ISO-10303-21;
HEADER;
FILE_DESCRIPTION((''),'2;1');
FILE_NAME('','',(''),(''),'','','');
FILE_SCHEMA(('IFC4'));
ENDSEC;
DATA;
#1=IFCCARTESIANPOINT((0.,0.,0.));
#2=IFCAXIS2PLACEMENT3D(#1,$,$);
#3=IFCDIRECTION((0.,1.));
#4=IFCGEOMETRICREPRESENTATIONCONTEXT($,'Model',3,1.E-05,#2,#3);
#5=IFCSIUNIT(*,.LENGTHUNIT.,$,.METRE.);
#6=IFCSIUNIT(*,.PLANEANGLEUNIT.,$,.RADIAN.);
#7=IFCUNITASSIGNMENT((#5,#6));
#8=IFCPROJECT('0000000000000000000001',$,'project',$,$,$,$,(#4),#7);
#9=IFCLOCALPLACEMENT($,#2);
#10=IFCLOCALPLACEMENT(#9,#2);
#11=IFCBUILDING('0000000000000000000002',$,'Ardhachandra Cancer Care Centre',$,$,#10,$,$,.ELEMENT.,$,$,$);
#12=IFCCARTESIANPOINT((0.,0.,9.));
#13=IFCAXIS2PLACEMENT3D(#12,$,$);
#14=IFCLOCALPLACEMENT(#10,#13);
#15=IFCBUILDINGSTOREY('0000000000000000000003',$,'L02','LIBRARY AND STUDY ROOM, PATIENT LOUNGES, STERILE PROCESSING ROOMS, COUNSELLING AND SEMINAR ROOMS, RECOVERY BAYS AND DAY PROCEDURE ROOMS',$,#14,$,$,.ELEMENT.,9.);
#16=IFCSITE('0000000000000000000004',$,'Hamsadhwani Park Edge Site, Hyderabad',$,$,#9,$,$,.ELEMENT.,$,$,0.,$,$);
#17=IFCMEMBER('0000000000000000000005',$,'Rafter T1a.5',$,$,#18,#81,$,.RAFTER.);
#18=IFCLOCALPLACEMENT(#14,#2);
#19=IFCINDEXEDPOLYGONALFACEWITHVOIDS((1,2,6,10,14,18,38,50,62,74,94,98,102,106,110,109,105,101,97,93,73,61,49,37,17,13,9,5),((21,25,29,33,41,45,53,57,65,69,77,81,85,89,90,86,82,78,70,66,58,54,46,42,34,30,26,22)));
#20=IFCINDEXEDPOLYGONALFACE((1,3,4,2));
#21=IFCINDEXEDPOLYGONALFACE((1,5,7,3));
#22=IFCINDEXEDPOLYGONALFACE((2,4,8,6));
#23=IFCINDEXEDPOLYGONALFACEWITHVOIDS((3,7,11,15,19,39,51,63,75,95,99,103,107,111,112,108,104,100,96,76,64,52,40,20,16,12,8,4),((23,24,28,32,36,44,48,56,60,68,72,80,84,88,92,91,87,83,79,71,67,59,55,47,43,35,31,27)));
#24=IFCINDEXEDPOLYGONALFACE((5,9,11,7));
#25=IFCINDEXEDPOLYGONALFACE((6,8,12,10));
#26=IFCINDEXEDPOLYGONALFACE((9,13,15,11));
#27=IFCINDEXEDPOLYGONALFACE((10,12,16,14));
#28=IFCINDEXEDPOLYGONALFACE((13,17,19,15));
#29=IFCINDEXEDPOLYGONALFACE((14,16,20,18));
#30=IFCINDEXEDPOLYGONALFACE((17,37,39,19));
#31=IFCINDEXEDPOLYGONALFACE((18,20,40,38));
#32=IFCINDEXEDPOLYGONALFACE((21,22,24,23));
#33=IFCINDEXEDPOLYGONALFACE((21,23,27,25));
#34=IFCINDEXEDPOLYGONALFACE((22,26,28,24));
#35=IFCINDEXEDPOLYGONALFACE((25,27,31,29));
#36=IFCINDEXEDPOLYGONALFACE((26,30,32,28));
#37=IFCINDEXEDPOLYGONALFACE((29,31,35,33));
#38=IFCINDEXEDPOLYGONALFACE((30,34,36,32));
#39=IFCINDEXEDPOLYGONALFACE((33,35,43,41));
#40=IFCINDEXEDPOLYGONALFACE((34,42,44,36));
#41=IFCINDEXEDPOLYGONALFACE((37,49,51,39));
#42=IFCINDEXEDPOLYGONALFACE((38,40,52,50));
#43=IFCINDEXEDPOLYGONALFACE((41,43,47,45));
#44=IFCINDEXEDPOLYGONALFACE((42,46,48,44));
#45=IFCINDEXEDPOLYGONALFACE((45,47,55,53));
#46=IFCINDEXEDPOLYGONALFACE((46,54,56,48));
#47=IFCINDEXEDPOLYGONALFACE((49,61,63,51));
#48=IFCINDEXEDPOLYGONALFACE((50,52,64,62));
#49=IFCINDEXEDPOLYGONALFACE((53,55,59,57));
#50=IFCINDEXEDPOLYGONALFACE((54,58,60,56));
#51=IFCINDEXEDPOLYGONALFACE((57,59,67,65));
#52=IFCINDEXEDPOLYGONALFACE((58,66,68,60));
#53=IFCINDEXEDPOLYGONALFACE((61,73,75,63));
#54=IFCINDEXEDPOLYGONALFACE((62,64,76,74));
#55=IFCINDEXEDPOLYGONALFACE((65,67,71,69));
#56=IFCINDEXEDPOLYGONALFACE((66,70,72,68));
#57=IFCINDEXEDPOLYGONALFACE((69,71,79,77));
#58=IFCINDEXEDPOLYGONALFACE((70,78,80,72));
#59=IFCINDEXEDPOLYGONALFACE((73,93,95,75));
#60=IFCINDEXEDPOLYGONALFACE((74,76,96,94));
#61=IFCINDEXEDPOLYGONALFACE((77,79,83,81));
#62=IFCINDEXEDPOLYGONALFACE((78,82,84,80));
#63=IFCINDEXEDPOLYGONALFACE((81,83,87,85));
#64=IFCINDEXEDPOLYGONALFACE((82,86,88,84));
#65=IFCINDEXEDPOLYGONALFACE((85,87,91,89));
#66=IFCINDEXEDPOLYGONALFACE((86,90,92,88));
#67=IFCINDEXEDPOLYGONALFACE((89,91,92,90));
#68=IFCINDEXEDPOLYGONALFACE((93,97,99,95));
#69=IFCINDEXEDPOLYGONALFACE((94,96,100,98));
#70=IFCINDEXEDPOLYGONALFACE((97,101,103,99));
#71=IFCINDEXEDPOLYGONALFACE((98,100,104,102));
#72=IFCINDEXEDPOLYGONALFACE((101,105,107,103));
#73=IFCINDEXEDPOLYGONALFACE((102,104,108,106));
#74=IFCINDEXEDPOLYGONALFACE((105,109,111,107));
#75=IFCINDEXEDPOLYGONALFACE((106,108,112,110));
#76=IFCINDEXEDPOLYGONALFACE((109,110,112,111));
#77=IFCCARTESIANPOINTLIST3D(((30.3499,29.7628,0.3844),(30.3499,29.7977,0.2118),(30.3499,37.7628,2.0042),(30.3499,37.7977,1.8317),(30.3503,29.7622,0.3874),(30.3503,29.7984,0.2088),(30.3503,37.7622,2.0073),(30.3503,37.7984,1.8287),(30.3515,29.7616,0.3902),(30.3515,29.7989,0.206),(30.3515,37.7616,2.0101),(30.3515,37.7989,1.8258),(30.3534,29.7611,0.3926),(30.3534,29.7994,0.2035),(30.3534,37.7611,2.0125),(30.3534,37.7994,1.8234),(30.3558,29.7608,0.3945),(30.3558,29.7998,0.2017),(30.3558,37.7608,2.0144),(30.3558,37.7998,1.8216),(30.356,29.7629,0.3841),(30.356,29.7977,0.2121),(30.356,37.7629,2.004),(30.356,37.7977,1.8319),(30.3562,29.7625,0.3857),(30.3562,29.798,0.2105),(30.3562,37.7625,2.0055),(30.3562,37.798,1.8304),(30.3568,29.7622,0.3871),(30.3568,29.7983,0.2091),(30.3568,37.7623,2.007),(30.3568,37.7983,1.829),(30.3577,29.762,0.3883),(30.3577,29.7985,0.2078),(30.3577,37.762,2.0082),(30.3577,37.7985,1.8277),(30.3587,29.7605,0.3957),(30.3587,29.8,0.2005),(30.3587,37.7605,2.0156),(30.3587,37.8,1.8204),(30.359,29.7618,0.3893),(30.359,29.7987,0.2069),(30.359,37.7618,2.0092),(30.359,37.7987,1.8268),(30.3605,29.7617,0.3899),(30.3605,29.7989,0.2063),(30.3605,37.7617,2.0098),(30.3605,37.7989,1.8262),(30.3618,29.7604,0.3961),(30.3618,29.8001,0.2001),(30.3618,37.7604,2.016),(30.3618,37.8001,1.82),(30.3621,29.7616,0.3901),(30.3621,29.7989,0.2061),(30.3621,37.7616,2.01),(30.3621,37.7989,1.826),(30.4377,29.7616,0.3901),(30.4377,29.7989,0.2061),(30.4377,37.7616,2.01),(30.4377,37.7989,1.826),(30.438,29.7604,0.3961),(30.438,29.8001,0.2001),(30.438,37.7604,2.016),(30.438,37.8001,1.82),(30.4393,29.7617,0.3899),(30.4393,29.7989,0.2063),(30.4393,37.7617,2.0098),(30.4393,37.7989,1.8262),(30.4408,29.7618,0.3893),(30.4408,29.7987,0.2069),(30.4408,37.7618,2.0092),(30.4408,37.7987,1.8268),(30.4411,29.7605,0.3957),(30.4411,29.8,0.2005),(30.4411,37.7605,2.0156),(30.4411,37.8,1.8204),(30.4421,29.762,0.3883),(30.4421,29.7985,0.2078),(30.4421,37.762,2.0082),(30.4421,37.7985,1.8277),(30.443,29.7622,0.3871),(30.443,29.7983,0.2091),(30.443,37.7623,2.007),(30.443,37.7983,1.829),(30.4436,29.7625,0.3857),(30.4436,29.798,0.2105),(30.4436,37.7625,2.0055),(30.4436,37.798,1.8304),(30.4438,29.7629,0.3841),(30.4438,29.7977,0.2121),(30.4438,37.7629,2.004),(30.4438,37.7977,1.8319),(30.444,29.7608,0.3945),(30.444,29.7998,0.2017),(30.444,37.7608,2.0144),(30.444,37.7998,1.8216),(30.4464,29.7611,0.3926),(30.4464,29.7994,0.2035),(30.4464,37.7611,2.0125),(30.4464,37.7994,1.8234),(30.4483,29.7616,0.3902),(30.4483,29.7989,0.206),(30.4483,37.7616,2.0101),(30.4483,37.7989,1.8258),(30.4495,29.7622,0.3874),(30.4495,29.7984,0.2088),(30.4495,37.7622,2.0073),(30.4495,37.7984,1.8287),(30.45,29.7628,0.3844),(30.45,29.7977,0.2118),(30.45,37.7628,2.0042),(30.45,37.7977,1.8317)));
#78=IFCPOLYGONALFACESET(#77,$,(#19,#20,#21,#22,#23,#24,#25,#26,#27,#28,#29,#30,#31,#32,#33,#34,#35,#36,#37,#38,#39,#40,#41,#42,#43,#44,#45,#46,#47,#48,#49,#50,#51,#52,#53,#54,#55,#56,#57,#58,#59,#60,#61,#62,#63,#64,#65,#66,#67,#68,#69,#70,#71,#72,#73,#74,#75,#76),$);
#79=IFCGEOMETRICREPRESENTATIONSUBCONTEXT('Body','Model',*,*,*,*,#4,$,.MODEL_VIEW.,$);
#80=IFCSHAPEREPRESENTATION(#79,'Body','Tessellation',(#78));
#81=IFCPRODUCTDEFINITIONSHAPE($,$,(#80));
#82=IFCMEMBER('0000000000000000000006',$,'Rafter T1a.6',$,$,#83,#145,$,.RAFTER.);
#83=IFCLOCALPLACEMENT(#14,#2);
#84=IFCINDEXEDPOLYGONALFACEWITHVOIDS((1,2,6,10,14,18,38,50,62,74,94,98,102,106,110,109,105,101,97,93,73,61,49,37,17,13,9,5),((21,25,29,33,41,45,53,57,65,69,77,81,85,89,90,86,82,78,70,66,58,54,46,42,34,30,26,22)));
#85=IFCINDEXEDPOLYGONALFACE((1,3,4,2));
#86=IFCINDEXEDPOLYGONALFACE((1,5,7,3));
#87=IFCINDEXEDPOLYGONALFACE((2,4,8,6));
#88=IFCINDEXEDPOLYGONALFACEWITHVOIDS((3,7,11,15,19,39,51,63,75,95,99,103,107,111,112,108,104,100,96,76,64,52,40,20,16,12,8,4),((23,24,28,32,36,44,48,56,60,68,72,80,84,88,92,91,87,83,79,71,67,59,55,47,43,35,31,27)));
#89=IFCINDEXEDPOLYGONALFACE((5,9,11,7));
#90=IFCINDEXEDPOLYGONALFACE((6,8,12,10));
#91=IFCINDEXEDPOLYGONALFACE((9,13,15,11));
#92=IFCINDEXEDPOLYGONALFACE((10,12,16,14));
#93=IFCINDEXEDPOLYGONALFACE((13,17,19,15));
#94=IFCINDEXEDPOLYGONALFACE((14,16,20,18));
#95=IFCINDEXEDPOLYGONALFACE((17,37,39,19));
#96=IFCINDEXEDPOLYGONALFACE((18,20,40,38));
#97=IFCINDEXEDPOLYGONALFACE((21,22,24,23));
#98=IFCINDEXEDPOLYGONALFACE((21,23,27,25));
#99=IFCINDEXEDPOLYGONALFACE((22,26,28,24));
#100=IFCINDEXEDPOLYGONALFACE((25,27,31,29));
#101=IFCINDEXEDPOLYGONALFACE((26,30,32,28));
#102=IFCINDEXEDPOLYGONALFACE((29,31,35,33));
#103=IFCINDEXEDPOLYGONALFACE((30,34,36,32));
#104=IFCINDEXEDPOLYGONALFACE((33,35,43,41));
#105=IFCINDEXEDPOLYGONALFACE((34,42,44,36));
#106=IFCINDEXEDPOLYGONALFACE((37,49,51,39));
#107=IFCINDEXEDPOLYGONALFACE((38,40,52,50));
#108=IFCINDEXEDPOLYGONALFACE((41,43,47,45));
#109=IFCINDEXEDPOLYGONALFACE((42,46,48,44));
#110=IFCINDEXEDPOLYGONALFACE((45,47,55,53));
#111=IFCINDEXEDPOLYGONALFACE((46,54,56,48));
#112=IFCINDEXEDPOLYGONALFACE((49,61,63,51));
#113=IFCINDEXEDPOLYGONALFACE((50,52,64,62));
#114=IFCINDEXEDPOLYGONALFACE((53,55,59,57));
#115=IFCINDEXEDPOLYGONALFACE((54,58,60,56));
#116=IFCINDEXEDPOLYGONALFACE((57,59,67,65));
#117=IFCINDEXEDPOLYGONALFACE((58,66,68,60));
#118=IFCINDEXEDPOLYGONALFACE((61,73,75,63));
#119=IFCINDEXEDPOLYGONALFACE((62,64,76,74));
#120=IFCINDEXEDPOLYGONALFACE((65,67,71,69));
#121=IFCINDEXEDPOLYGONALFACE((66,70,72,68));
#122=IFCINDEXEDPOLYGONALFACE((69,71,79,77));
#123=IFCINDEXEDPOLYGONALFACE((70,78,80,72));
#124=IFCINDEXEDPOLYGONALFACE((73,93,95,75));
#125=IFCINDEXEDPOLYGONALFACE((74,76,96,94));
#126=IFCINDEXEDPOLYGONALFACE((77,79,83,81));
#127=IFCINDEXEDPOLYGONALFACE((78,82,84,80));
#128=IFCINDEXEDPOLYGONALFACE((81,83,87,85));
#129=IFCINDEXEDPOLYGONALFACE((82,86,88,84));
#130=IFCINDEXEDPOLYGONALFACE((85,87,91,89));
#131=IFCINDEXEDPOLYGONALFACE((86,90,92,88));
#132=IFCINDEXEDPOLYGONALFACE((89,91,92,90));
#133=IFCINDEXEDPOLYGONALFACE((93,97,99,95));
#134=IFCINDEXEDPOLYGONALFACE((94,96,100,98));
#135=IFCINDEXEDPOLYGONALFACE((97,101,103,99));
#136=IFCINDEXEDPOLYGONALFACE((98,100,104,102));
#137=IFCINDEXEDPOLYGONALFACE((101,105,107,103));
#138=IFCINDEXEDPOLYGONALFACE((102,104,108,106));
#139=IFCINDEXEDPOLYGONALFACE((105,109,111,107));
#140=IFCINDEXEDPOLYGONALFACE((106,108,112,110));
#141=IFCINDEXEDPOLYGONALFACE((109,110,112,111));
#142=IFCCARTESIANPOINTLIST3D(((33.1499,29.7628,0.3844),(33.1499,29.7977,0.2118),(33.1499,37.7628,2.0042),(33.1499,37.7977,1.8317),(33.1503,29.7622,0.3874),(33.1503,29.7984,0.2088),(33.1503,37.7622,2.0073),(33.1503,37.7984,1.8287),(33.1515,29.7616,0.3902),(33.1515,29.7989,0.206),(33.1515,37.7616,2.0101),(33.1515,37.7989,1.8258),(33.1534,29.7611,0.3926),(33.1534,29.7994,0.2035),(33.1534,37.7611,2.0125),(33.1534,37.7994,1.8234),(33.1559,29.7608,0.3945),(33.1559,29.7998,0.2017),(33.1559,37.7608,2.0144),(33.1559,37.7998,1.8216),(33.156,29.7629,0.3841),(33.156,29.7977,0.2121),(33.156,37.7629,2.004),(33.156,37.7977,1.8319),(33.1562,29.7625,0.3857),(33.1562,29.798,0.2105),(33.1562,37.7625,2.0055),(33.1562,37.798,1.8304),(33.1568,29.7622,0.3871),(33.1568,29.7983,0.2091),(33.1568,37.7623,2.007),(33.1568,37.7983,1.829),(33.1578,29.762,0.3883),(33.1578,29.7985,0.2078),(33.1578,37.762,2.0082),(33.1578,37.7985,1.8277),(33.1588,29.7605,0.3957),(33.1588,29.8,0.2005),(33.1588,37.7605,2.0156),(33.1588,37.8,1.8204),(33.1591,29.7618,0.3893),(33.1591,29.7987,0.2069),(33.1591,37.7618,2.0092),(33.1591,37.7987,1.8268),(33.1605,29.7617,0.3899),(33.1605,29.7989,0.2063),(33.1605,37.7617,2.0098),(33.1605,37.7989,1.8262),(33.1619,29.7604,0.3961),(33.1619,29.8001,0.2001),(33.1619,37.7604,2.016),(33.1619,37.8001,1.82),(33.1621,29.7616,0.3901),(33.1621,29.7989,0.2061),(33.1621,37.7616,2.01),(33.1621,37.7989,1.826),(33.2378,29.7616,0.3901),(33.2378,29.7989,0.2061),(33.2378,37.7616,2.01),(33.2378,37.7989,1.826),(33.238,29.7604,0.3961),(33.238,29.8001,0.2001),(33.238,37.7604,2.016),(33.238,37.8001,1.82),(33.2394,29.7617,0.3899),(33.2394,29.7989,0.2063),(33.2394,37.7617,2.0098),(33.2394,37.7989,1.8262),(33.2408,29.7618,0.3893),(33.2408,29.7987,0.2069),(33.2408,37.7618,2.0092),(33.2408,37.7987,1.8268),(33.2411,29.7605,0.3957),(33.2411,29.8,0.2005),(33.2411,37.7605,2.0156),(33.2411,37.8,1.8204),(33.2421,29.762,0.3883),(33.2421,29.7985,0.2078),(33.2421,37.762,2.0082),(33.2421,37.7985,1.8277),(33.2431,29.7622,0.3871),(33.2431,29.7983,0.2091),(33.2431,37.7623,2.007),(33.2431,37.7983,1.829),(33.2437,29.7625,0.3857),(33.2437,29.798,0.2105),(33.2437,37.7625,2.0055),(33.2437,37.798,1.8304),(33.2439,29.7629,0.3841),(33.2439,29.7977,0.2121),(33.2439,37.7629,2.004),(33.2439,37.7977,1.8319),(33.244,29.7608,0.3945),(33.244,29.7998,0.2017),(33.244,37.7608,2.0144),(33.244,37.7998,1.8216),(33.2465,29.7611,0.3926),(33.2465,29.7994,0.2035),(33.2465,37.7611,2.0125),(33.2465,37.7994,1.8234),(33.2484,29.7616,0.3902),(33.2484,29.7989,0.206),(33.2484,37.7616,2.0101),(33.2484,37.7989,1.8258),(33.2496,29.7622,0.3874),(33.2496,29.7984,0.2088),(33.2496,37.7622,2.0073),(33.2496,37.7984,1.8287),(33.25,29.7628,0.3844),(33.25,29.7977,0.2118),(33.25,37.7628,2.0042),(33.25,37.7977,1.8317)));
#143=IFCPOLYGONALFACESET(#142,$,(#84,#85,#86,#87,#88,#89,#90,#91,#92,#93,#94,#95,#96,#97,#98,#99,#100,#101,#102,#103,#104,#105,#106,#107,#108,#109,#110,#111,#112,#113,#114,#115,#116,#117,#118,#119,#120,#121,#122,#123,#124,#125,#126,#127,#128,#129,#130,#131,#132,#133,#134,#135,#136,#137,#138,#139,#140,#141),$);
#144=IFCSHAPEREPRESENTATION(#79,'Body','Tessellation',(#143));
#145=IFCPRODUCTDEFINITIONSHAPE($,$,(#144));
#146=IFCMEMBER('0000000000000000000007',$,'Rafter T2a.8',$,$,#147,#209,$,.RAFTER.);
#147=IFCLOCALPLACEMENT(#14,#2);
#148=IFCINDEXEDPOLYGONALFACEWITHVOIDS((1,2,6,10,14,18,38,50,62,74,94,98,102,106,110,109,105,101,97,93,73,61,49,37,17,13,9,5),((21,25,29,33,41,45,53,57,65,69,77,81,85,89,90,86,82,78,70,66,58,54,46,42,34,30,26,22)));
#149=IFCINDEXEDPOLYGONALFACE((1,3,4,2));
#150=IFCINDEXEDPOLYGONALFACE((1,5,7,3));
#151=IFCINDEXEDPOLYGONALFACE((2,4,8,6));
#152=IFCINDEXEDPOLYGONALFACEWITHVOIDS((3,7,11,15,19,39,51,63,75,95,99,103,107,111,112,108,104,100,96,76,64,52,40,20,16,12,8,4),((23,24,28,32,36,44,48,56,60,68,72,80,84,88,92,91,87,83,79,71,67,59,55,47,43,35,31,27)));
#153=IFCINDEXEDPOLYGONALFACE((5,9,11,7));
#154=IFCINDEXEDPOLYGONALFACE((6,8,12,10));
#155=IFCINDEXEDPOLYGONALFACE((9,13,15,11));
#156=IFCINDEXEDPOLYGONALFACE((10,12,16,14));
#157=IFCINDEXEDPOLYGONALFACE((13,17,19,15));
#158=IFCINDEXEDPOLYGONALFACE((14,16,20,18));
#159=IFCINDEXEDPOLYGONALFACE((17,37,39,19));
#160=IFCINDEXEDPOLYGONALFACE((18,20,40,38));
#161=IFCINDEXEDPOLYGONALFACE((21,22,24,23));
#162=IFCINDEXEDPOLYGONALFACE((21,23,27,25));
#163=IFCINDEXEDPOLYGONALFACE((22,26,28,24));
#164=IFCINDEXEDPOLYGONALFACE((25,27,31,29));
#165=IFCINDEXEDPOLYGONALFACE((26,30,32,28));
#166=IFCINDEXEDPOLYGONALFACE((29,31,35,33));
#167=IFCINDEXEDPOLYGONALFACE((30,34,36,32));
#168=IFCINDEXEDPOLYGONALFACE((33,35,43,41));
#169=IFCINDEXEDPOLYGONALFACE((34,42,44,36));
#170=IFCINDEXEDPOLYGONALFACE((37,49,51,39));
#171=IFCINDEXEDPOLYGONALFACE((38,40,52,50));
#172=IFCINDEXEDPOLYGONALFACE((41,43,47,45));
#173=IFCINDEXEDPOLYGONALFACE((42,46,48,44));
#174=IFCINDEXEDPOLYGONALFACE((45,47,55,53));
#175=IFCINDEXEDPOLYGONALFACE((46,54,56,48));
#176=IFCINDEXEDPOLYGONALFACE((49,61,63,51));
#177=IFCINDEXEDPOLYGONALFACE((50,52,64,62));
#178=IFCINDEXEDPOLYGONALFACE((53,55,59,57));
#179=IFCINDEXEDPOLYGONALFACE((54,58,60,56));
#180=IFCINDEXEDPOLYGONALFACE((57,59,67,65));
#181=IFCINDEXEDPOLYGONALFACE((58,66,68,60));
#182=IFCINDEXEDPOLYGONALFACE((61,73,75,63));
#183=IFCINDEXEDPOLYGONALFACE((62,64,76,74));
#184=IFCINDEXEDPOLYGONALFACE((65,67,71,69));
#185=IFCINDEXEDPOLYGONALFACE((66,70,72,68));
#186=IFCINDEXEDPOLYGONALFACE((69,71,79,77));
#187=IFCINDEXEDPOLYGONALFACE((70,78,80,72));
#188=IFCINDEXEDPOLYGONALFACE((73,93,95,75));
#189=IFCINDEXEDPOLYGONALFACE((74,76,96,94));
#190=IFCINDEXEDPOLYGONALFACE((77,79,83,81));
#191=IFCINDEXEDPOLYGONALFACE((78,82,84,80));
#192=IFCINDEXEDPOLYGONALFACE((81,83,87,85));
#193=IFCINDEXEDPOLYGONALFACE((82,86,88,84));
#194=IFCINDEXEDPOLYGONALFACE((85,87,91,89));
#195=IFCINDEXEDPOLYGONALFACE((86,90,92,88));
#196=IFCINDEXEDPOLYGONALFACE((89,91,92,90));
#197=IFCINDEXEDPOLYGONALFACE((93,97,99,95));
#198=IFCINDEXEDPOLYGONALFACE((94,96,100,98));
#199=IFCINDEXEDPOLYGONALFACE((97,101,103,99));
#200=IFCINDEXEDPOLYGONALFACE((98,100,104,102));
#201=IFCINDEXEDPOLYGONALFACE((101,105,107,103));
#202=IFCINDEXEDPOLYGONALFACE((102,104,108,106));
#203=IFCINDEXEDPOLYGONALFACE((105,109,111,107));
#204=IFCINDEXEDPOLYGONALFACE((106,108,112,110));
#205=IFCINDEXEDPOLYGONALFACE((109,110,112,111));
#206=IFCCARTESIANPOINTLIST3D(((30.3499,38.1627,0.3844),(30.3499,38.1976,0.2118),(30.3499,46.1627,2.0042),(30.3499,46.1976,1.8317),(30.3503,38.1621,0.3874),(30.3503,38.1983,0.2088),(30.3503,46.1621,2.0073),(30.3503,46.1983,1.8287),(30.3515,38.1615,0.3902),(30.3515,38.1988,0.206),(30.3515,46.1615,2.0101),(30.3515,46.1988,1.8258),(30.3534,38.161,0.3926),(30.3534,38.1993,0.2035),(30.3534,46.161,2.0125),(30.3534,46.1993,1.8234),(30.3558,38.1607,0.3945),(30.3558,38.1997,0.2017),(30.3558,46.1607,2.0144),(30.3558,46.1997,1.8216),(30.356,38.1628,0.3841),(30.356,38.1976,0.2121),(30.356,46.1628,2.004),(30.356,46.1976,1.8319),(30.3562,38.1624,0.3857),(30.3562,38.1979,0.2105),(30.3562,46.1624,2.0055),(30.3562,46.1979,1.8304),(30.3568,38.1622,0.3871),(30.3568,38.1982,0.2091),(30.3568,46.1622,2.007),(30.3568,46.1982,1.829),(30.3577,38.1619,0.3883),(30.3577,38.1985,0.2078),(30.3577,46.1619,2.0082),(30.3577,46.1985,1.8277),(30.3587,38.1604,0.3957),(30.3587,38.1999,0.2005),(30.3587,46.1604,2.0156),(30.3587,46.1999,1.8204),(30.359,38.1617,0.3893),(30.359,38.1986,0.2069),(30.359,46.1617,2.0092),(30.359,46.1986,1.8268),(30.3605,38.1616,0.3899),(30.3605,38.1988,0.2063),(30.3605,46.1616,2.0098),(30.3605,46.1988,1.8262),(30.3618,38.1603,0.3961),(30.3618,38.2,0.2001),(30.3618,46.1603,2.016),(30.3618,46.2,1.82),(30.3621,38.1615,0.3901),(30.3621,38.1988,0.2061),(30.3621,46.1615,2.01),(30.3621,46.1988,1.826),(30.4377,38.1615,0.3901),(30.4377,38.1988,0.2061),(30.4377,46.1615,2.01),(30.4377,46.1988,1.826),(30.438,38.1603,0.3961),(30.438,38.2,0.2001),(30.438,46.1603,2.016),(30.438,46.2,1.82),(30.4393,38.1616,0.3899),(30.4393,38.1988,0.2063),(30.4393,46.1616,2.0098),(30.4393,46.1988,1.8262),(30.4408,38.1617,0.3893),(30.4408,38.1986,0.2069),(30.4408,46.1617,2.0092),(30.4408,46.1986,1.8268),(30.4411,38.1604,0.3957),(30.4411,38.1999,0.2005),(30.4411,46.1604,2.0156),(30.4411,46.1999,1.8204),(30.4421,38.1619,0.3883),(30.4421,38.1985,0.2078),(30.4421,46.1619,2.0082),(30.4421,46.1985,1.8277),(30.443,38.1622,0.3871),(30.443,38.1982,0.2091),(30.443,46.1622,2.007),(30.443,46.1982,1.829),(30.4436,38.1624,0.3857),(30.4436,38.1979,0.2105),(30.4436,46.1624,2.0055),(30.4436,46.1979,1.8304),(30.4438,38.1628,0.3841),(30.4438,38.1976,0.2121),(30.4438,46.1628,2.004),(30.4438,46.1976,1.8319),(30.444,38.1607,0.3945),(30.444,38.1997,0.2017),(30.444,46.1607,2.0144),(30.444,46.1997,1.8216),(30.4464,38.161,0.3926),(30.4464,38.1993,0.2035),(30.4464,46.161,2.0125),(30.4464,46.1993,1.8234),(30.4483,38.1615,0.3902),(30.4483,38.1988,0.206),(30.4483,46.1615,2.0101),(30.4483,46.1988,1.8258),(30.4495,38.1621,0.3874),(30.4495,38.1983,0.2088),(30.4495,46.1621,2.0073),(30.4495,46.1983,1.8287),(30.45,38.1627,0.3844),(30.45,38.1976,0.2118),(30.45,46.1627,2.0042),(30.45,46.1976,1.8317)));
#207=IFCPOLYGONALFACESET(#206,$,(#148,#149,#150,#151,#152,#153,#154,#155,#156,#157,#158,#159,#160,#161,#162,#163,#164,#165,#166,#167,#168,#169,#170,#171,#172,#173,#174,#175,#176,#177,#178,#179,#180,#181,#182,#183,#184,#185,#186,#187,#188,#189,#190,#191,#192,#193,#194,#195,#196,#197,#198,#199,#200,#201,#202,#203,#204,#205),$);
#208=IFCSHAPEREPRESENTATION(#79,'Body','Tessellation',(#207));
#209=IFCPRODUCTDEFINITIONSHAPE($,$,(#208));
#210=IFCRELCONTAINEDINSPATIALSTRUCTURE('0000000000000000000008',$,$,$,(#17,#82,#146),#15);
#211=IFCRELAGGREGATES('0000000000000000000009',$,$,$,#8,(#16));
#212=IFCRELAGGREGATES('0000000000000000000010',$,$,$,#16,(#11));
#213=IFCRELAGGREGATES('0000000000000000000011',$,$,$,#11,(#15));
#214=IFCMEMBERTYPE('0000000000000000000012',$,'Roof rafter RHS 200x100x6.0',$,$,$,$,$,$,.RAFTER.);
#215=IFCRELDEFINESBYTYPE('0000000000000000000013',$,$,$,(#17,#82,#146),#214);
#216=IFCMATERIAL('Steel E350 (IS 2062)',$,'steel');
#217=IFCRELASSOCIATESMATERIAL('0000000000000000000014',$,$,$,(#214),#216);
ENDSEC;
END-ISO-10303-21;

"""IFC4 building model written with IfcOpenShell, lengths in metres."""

from ifc_helpers import new_model, si_unit, direction, frame, origin, origin_2d, place, context, subcontext, project, spatial, hollow_rectangle, extrude, material, material_profile, profile_set, type_object, element, save


model = new_model("IFC4")

# Units and contexts
model_context = context("Model", 3, precision=1e-05, world=origin(), true_north=direction((0.0, 1.0)))
body_context = subcontext(model_context, "Body", "Model", "MODEL_VIEW")
ifc_project = project(units=[si_unit("LENGTHUNIT", "METRE"), si_unit("PLANEANGLEUNIT", "RADIAN")], contexts=[model_context])

# Site, building, storey
site_placement = place(None, origin())
site = spatial("IfcSite", under=ifc_project, at=site_placement, Name="Hamsadhwani Park Edge Site, Hyderabad", CompositionType="ELEMENT", RefElevation=0.0)
building_placement = place(site_placement, origin())
building = spatial("IfcBuilding", under=site, at=building_placement, Name="Ardhachandra Cancer Care Centre", CompositionType="ELEMENT")
storey_placement = place(building_placement, frame((0.0, 0.0, 9.0)))
storey = spatial("IfcBuildingStorey", under=building, at=storey_placement, Name="L02", Description="LIBRARY AND STUDY ROOM, PATIENT LOUNGES, STERILE PROCESSING ROOMS, COUNSELLING AND SEMINAR ROOMS, RECOVERY BAYS AND DAY PROCEDURE ROOMS", CompositionType="ELEMENT", Elevation=9.0)

# Members
ifc_material_1 = material(Name="Steel E350 (IS 2062)", Category="steel")
ifc_material_profile_1 = material_profile(ifc_material_1, hollow_rectangle(XDim=0.1001, YDim=0.2, WallThickness=0.0061, InnerFilletRadius=0.0061, OuterFilletRadius=0.012, at=origin_2d()), Name="RHS 200x100x6.0")
ifc_profile_set_1 = profile_set([ifc_material_profile_1], Name="Steel E350 (IS 2062)")
member_type_1 = type_object("IfcMemberType", Name="Roof rafter RHS 200x100x6.0", PredefinedType="RAFTER", material=ifc_profile_set_1)
for number, where, z_axis, x_axis, name in (
    (1, (30.3999, 29.7803, 0.2981), (0.0, 0.98011, 0.198457), (-1.0, 0.0, 0.0), "Rafter T1a.5"),
    (2, (33.2, 29.7803, 0.2981), (0.0, 0.98011, 0.198457), (-1.0, 0.0, 0.0), "Rafter T1a.6"),
    (3, (30.3999, 38.1802, 0.2981), (0.0, 0.98011, 0.198457), (-1.0, 0.0, 0.0), "Rafter T2a.8"),
):
    element("IfcMember", number, at=place(storey_placement, frame(where, z_axis=z_axis, x_axis=x_axis)), inside=storey, type_object=member_type_1, Name=name, PredefinedType="RAFTER", context=body_context, shape_type="SweptSolid", body=[
        extrude(hollow_rectangle(XDim=0.1001, YDim=0.2, WallThickness=0.0061, InnerFilletRadius=0.0061, OuterFilletRadius=0.012, at=origin_2d()), origin(), (0.0, 0.0, 1.0), 8.1624),
    ])

save(model, "model.ifc")
